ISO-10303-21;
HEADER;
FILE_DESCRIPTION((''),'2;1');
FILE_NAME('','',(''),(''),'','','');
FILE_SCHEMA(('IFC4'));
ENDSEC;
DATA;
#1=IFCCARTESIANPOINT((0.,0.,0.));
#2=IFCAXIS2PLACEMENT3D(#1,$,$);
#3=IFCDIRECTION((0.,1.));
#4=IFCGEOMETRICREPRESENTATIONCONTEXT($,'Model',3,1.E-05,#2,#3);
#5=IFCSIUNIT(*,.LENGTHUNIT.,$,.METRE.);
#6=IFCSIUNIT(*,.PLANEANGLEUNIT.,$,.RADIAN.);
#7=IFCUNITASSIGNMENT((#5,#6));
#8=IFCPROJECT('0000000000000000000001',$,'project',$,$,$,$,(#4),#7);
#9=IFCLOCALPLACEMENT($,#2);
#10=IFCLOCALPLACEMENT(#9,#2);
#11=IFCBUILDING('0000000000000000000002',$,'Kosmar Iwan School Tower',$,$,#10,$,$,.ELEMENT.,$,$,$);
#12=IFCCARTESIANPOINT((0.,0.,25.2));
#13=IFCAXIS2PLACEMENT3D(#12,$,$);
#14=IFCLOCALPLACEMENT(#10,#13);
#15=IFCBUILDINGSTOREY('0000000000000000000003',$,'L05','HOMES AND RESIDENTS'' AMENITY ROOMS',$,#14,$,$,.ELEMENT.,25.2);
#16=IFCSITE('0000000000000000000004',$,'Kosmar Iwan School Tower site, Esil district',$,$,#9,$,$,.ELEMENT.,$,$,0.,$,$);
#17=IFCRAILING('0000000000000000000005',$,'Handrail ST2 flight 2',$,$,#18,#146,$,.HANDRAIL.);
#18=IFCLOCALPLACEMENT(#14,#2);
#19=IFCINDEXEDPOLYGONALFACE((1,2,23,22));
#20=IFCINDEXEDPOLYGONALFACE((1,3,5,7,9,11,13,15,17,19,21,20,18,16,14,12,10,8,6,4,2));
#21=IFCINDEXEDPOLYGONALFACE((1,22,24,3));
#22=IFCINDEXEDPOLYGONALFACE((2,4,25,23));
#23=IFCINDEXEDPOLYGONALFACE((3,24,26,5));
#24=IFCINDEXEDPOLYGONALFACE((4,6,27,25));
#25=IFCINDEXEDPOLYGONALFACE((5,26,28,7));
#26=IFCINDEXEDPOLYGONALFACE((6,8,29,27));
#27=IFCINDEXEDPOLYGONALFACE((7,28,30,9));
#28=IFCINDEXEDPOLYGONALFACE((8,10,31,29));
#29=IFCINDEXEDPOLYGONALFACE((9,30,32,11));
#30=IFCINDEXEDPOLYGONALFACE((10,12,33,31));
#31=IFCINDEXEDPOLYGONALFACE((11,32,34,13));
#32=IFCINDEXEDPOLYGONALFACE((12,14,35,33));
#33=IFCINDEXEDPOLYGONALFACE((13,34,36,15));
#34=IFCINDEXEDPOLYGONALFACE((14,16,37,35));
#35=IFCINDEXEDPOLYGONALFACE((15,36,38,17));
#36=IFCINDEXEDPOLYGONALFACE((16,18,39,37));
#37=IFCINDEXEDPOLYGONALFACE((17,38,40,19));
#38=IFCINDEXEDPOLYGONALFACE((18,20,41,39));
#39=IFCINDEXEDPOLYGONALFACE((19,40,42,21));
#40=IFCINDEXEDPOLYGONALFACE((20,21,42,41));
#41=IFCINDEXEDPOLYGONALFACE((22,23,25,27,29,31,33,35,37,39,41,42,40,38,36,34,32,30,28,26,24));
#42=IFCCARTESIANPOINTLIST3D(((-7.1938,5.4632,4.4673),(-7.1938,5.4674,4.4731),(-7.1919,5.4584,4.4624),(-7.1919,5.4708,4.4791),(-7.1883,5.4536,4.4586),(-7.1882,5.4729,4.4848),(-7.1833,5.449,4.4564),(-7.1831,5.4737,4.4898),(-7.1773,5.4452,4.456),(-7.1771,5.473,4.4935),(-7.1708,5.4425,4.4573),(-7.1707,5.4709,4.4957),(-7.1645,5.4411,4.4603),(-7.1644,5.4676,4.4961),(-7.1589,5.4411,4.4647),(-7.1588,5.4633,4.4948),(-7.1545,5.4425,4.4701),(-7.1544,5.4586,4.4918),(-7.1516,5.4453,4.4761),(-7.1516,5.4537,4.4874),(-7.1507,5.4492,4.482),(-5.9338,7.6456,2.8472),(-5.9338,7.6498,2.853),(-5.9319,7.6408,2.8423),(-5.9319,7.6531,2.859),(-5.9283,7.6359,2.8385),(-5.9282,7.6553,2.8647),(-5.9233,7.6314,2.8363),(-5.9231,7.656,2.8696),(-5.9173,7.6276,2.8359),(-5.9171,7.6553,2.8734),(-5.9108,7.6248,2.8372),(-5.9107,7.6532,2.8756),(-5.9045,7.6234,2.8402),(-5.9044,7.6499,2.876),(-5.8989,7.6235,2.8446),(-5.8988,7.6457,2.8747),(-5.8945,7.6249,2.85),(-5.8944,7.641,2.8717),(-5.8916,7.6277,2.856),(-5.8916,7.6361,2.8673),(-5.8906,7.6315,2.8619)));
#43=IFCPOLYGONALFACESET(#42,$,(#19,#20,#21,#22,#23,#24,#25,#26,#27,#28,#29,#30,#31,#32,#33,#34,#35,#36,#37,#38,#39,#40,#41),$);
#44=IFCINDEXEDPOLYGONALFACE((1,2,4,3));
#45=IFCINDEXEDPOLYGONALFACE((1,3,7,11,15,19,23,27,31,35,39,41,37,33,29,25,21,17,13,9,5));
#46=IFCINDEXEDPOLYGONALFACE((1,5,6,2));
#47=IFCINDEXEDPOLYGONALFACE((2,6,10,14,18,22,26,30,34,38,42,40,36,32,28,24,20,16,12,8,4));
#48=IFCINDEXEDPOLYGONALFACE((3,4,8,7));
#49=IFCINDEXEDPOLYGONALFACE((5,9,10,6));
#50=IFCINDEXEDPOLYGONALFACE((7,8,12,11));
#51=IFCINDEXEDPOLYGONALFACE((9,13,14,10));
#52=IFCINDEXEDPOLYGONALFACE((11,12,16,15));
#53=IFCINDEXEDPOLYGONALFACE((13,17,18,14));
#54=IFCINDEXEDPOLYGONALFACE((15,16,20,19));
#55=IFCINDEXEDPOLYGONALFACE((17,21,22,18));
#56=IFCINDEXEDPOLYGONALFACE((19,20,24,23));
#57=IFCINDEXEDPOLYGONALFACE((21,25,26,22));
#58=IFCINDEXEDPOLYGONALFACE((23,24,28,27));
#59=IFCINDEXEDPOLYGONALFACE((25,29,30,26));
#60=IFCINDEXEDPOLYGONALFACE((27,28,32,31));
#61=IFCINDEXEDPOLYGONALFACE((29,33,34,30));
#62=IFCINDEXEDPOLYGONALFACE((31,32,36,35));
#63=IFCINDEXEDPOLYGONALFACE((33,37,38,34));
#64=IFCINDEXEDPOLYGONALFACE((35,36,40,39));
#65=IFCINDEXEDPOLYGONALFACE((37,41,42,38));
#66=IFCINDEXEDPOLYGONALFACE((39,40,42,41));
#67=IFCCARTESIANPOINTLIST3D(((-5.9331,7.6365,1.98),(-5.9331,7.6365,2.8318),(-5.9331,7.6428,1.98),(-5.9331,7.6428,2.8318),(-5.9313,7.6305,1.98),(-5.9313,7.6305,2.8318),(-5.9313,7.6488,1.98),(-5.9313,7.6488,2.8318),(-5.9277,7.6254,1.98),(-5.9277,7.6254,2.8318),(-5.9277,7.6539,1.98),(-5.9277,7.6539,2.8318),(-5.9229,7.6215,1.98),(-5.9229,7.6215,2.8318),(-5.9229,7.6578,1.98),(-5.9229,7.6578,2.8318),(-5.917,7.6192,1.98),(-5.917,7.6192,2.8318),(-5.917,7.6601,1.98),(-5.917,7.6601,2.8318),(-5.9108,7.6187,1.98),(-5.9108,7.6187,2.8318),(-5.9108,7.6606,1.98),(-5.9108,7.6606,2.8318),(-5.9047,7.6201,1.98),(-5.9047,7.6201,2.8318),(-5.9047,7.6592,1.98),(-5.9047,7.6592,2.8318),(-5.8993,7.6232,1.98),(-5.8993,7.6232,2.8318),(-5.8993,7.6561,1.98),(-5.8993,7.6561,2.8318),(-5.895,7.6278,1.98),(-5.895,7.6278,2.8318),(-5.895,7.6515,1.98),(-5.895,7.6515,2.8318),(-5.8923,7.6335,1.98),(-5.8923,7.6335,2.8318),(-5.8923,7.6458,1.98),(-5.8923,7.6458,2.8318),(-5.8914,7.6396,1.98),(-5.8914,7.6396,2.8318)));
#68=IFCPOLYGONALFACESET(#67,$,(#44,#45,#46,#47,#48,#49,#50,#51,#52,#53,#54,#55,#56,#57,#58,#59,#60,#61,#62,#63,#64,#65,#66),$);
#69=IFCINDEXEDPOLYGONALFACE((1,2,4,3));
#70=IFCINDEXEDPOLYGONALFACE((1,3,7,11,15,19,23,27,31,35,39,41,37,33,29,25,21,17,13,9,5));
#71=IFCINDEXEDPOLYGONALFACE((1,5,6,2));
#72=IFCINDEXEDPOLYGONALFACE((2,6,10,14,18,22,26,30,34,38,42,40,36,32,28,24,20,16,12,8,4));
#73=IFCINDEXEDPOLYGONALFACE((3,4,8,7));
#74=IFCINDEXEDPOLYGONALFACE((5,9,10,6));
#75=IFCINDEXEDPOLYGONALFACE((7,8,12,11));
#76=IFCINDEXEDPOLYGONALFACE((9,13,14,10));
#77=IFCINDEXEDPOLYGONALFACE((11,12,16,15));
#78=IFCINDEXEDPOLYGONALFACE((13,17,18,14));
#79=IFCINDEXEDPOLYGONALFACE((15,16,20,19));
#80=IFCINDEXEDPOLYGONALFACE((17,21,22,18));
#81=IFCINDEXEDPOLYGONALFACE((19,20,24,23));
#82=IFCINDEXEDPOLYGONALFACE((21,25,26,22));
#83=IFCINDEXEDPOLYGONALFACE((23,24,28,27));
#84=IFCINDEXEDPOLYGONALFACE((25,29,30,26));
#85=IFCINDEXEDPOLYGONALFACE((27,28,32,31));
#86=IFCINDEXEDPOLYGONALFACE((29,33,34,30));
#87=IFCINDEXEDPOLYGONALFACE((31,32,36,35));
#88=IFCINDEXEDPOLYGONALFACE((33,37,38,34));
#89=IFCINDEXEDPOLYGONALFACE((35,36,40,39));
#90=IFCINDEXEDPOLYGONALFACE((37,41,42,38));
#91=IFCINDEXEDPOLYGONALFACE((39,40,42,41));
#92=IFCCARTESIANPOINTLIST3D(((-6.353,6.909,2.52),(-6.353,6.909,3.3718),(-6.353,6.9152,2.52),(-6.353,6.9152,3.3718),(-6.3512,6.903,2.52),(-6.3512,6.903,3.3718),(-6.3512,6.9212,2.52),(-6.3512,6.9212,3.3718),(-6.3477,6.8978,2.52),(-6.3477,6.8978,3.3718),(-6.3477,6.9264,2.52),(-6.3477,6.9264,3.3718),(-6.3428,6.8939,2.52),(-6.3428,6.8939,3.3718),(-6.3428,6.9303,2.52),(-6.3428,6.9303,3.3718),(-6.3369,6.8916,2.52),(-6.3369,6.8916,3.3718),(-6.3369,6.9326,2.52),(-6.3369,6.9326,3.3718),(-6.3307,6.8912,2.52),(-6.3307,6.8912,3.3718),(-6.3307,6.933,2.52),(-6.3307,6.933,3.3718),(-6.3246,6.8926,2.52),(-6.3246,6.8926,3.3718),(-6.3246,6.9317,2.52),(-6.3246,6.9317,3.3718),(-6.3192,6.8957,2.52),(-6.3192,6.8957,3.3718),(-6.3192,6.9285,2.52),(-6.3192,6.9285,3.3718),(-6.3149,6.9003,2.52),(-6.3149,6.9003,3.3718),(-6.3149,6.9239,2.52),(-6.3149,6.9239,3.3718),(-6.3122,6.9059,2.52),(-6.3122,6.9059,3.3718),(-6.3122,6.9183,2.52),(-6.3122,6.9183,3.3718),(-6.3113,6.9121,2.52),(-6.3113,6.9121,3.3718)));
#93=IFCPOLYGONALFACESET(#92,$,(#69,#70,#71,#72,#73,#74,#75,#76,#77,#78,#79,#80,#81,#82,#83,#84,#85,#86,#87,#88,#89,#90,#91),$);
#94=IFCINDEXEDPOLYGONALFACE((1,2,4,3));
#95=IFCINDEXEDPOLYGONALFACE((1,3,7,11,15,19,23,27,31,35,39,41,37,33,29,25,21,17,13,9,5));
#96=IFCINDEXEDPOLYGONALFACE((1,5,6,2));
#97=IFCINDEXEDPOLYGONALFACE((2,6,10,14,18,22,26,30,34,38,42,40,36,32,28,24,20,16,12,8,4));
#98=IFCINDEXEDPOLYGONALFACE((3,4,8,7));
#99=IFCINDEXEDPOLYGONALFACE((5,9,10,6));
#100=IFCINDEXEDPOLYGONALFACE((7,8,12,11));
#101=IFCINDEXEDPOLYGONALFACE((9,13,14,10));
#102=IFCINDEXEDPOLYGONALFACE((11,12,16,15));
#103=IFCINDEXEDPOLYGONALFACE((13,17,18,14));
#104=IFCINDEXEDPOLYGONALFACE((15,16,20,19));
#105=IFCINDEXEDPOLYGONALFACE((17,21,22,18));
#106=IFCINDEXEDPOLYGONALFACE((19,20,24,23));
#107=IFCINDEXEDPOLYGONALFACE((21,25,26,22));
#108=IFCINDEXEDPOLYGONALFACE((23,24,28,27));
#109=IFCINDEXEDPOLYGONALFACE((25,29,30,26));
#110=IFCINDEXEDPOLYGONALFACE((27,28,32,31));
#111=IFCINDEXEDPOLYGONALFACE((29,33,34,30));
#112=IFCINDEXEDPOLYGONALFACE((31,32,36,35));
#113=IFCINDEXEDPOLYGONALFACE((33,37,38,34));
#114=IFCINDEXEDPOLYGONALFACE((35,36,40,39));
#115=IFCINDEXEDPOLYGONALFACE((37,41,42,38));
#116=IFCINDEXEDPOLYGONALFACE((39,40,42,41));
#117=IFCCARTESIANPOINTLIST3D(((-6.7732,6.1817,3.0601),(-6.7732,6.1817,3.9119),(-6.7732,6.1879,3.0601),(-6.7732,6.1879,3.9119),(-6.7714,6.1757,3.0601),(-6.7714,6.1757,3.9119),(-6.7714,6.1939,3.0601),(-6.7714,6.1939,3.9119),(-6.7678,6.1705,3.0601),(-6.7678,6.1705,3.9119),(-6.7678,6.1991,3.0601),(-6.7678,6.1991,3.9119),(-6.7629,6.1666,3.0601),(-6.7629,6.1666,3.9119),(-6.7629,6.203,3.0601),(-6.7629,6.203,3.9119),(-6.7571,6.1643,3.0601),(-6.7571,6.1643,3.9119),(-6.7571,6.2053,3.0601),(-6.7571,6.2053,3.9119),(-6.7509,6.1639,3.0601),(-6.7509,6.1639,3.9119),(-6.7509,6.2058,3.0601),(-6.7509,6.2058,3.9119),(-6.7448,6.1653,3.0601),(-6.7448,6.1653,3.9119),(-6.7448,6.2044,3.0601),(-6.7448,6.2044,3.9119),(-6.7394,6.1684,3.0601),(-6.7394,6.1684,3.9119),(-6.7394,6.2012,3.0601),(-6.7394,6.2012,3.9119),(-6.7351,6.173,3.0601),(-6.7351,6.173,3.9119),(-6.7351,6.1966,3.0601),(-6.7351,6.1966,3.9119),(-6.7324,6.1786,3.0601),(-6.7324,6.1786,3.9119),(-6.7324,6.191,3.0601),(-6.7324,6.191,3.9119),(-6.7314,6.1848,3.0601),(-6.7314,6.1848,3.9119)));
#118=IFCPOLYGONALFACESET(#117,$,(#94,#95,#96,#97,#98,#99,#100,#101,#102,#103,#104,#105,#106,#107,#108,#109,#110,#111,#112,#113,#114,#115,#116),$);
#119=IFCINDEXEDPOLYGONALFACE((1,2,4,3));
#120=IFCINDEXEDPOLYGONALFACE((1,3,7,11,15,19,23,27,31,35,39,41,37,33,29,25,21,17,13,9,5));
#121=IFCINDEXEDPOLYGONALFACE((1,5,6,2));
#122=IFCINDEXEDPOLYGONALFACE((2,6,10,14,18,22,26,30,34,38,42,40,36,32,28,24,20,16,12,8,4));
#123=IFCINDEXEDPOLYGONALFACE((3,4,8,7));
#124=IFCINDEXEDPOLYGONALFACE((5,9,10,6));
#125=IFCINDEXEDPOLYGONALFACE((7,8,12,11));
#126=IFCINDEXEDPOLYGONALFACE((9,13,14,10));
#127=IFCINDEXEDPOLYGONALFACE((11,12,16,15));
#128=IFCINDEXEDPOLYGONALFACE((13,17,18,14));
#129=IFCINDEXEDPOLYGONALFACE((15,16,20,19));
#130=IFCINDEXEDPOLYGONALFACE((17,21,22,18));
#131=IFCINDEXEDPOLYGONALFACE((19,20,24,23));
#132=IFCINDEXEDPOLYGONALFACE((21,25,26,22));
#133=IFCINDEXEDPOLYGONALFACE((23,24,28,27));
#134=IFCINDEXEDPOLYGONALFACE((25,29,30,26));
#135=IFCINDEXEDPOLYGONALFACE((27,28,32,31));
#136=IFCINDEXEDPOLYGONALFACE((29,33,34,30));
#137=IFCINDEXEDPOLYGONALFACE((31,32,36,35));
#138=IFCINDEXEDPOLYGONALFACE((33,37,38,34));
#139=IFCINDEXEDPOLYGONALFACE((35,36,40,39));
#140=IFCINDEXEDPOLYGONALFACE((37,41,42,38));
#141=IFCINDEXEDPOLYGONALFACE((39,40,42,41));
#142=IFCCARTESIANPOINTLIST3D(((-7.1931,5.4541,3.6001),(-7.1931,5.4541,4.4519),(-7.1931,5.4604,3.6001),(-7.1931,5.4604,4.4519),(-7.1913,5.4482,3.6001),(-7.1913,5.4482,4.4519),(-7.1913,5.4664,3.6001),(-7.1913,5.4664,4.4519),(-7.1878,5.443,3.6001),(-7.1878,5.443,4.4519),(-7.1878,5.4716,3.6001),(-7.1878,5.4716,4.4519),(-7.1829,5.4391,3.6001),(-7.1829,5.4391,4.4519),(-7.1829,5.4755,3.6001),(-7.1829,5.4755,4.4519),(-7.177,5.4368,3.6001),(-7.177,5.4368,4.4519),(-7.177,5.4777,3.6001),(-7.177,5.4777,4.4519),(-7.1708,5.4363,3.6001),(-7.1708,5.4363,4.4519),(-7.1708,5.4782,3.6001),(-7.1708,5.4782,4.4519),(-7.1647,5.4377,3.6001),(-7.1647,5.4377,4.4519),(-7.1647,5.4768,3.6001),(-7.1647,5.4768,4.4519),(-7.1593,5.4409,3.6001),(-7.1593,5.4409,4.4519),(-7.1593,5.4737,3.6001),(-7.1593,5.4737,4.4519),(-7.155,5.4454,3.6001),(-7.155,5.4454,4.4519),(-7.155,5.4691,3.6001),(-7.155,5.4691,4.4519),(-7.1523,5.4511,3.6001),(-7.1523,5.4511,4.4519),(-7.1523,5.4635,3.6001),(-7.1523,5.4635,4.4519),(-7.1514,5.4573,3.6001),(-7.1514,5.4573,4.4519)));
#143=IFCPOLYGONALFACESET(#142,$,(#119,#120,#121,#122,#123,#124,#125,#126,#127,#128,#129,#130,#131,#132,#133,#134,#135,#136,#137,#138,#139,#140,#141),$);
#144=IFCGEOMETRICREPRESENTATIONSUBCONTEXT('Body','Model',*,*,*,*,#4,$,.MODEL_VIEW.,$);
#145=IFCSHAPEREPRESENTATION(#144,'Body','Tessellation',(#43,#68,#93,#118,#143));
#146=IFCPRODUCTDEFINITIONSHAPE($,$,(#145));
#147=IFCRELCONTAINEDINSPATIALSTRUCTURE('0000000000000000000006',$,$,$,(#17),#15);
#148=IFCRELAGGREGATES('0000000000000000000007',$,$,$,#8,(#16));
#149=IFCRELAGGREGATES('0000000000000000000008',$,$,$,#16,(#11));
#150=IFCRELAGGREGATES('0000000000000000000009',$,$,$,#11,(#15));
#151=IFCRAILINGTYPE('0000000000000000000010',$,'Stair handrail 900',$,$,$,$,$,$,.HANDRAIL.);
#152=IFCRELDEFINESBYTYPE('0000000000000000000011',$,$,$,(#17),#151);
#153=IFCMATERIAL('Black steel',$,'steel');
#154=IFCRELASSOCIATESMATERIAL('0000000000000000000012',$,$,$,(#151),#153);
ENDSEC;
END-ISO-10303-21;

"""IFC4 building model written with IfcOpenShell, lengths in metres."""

from ifc_helpers import new_model, si_unit, direction, frame, origin, origin_2d, place, context, subcontext, project, spatial, circle, extrude, material, type_object, element, save


model = new_model("IFC4")

# Units and contexts
model_context = context("Model", 3, precision=1e-05, world=origin(), true_north=direction((0.0, 1.0)))
body_context = subcontext(model_context, "Body", "Model", "MODEL_VIEW")
ifc_project = project(units=[si_unit("LENGTHUNIT", "METRE"), si_unit("PLANEANGLEUNIT", "RADIAN")], contexts=[model_context])

# Site, building, storey
site_placement = place(None, origin())
site = spatial("IfcSite", under=ifc_project, at=site_placement, Name="Kosmar Iwan School Tower site, Esil district", CompositionType="ELEMENT", RefElevation=0.0)
building_placement = place(site_placement, origin())
building = spatial("IfcBuilding", under=site, at=building_placement, Name="Kosmar Iwan School Tower", CompositionType="ELEMENT")
storey_placement = place(building_placement, frame((0.0, 0.0, 25.2)))
storey = spatial("IfcBuildingStorey", under=building, at=storey_placement, Name="L05", Description="HOMES AND RESIDENTS' AMENITY ROOMS", CompositionType="ELEMENT", Elevation=25.2)

# Railing
ifc_material_1 = material(Name="Black steel", Category="steel")
railing_type = type_object("IfcRailingType", Name="Stair handrail 900", PredefinedType="HANDRAIL", material=ifc_material_1)
railing_1_placement = place(storey_placement, frame((-5.9124, 7.6396, 1.98)))
element("IfcRailing", 1, at=railing_1_placement, inside=storey, type_object=railing_type, Name="Handrail ST2 flight 2", PredefinedType="HANDRAIL", context=body_context, shape_type="SweptSolid", body=[
    extrude(circle(Radius=0.0239, at=origin_2d()), frame((0.0, 0.0, 0.876), z_axis=(-0.420584, -0.728464, 0.540786), x_axis=(0.866023, -0.500005, 0.0)), (0.0, 0.0, 1.0), 2.9958),
    extrude(circle(Radius=0.021, at=origin_2d()), origin(), (0.0, 0.0, 1.0), 0.8518),
    extrude(circle(Radius=0.021, at=origin_2d()), frame((-0.4199, -0.7275, 0.54)), (0.0, 0.0, 1.0), 0.8518),
    extrude(circle(Radius=0.021, at=origin_2d()), frame((-0.8401, -1.4548, 1.0801)), (0.0, 0.0, 1.0), 0.8518),
    extrude(circle(Radius=0.021, at=origin_2d()), frame((-1.26, -2.1824, 1.6201)), (0.0, 0.0, 1.0), 0.8518),
])

save(model, "model.ifc")
